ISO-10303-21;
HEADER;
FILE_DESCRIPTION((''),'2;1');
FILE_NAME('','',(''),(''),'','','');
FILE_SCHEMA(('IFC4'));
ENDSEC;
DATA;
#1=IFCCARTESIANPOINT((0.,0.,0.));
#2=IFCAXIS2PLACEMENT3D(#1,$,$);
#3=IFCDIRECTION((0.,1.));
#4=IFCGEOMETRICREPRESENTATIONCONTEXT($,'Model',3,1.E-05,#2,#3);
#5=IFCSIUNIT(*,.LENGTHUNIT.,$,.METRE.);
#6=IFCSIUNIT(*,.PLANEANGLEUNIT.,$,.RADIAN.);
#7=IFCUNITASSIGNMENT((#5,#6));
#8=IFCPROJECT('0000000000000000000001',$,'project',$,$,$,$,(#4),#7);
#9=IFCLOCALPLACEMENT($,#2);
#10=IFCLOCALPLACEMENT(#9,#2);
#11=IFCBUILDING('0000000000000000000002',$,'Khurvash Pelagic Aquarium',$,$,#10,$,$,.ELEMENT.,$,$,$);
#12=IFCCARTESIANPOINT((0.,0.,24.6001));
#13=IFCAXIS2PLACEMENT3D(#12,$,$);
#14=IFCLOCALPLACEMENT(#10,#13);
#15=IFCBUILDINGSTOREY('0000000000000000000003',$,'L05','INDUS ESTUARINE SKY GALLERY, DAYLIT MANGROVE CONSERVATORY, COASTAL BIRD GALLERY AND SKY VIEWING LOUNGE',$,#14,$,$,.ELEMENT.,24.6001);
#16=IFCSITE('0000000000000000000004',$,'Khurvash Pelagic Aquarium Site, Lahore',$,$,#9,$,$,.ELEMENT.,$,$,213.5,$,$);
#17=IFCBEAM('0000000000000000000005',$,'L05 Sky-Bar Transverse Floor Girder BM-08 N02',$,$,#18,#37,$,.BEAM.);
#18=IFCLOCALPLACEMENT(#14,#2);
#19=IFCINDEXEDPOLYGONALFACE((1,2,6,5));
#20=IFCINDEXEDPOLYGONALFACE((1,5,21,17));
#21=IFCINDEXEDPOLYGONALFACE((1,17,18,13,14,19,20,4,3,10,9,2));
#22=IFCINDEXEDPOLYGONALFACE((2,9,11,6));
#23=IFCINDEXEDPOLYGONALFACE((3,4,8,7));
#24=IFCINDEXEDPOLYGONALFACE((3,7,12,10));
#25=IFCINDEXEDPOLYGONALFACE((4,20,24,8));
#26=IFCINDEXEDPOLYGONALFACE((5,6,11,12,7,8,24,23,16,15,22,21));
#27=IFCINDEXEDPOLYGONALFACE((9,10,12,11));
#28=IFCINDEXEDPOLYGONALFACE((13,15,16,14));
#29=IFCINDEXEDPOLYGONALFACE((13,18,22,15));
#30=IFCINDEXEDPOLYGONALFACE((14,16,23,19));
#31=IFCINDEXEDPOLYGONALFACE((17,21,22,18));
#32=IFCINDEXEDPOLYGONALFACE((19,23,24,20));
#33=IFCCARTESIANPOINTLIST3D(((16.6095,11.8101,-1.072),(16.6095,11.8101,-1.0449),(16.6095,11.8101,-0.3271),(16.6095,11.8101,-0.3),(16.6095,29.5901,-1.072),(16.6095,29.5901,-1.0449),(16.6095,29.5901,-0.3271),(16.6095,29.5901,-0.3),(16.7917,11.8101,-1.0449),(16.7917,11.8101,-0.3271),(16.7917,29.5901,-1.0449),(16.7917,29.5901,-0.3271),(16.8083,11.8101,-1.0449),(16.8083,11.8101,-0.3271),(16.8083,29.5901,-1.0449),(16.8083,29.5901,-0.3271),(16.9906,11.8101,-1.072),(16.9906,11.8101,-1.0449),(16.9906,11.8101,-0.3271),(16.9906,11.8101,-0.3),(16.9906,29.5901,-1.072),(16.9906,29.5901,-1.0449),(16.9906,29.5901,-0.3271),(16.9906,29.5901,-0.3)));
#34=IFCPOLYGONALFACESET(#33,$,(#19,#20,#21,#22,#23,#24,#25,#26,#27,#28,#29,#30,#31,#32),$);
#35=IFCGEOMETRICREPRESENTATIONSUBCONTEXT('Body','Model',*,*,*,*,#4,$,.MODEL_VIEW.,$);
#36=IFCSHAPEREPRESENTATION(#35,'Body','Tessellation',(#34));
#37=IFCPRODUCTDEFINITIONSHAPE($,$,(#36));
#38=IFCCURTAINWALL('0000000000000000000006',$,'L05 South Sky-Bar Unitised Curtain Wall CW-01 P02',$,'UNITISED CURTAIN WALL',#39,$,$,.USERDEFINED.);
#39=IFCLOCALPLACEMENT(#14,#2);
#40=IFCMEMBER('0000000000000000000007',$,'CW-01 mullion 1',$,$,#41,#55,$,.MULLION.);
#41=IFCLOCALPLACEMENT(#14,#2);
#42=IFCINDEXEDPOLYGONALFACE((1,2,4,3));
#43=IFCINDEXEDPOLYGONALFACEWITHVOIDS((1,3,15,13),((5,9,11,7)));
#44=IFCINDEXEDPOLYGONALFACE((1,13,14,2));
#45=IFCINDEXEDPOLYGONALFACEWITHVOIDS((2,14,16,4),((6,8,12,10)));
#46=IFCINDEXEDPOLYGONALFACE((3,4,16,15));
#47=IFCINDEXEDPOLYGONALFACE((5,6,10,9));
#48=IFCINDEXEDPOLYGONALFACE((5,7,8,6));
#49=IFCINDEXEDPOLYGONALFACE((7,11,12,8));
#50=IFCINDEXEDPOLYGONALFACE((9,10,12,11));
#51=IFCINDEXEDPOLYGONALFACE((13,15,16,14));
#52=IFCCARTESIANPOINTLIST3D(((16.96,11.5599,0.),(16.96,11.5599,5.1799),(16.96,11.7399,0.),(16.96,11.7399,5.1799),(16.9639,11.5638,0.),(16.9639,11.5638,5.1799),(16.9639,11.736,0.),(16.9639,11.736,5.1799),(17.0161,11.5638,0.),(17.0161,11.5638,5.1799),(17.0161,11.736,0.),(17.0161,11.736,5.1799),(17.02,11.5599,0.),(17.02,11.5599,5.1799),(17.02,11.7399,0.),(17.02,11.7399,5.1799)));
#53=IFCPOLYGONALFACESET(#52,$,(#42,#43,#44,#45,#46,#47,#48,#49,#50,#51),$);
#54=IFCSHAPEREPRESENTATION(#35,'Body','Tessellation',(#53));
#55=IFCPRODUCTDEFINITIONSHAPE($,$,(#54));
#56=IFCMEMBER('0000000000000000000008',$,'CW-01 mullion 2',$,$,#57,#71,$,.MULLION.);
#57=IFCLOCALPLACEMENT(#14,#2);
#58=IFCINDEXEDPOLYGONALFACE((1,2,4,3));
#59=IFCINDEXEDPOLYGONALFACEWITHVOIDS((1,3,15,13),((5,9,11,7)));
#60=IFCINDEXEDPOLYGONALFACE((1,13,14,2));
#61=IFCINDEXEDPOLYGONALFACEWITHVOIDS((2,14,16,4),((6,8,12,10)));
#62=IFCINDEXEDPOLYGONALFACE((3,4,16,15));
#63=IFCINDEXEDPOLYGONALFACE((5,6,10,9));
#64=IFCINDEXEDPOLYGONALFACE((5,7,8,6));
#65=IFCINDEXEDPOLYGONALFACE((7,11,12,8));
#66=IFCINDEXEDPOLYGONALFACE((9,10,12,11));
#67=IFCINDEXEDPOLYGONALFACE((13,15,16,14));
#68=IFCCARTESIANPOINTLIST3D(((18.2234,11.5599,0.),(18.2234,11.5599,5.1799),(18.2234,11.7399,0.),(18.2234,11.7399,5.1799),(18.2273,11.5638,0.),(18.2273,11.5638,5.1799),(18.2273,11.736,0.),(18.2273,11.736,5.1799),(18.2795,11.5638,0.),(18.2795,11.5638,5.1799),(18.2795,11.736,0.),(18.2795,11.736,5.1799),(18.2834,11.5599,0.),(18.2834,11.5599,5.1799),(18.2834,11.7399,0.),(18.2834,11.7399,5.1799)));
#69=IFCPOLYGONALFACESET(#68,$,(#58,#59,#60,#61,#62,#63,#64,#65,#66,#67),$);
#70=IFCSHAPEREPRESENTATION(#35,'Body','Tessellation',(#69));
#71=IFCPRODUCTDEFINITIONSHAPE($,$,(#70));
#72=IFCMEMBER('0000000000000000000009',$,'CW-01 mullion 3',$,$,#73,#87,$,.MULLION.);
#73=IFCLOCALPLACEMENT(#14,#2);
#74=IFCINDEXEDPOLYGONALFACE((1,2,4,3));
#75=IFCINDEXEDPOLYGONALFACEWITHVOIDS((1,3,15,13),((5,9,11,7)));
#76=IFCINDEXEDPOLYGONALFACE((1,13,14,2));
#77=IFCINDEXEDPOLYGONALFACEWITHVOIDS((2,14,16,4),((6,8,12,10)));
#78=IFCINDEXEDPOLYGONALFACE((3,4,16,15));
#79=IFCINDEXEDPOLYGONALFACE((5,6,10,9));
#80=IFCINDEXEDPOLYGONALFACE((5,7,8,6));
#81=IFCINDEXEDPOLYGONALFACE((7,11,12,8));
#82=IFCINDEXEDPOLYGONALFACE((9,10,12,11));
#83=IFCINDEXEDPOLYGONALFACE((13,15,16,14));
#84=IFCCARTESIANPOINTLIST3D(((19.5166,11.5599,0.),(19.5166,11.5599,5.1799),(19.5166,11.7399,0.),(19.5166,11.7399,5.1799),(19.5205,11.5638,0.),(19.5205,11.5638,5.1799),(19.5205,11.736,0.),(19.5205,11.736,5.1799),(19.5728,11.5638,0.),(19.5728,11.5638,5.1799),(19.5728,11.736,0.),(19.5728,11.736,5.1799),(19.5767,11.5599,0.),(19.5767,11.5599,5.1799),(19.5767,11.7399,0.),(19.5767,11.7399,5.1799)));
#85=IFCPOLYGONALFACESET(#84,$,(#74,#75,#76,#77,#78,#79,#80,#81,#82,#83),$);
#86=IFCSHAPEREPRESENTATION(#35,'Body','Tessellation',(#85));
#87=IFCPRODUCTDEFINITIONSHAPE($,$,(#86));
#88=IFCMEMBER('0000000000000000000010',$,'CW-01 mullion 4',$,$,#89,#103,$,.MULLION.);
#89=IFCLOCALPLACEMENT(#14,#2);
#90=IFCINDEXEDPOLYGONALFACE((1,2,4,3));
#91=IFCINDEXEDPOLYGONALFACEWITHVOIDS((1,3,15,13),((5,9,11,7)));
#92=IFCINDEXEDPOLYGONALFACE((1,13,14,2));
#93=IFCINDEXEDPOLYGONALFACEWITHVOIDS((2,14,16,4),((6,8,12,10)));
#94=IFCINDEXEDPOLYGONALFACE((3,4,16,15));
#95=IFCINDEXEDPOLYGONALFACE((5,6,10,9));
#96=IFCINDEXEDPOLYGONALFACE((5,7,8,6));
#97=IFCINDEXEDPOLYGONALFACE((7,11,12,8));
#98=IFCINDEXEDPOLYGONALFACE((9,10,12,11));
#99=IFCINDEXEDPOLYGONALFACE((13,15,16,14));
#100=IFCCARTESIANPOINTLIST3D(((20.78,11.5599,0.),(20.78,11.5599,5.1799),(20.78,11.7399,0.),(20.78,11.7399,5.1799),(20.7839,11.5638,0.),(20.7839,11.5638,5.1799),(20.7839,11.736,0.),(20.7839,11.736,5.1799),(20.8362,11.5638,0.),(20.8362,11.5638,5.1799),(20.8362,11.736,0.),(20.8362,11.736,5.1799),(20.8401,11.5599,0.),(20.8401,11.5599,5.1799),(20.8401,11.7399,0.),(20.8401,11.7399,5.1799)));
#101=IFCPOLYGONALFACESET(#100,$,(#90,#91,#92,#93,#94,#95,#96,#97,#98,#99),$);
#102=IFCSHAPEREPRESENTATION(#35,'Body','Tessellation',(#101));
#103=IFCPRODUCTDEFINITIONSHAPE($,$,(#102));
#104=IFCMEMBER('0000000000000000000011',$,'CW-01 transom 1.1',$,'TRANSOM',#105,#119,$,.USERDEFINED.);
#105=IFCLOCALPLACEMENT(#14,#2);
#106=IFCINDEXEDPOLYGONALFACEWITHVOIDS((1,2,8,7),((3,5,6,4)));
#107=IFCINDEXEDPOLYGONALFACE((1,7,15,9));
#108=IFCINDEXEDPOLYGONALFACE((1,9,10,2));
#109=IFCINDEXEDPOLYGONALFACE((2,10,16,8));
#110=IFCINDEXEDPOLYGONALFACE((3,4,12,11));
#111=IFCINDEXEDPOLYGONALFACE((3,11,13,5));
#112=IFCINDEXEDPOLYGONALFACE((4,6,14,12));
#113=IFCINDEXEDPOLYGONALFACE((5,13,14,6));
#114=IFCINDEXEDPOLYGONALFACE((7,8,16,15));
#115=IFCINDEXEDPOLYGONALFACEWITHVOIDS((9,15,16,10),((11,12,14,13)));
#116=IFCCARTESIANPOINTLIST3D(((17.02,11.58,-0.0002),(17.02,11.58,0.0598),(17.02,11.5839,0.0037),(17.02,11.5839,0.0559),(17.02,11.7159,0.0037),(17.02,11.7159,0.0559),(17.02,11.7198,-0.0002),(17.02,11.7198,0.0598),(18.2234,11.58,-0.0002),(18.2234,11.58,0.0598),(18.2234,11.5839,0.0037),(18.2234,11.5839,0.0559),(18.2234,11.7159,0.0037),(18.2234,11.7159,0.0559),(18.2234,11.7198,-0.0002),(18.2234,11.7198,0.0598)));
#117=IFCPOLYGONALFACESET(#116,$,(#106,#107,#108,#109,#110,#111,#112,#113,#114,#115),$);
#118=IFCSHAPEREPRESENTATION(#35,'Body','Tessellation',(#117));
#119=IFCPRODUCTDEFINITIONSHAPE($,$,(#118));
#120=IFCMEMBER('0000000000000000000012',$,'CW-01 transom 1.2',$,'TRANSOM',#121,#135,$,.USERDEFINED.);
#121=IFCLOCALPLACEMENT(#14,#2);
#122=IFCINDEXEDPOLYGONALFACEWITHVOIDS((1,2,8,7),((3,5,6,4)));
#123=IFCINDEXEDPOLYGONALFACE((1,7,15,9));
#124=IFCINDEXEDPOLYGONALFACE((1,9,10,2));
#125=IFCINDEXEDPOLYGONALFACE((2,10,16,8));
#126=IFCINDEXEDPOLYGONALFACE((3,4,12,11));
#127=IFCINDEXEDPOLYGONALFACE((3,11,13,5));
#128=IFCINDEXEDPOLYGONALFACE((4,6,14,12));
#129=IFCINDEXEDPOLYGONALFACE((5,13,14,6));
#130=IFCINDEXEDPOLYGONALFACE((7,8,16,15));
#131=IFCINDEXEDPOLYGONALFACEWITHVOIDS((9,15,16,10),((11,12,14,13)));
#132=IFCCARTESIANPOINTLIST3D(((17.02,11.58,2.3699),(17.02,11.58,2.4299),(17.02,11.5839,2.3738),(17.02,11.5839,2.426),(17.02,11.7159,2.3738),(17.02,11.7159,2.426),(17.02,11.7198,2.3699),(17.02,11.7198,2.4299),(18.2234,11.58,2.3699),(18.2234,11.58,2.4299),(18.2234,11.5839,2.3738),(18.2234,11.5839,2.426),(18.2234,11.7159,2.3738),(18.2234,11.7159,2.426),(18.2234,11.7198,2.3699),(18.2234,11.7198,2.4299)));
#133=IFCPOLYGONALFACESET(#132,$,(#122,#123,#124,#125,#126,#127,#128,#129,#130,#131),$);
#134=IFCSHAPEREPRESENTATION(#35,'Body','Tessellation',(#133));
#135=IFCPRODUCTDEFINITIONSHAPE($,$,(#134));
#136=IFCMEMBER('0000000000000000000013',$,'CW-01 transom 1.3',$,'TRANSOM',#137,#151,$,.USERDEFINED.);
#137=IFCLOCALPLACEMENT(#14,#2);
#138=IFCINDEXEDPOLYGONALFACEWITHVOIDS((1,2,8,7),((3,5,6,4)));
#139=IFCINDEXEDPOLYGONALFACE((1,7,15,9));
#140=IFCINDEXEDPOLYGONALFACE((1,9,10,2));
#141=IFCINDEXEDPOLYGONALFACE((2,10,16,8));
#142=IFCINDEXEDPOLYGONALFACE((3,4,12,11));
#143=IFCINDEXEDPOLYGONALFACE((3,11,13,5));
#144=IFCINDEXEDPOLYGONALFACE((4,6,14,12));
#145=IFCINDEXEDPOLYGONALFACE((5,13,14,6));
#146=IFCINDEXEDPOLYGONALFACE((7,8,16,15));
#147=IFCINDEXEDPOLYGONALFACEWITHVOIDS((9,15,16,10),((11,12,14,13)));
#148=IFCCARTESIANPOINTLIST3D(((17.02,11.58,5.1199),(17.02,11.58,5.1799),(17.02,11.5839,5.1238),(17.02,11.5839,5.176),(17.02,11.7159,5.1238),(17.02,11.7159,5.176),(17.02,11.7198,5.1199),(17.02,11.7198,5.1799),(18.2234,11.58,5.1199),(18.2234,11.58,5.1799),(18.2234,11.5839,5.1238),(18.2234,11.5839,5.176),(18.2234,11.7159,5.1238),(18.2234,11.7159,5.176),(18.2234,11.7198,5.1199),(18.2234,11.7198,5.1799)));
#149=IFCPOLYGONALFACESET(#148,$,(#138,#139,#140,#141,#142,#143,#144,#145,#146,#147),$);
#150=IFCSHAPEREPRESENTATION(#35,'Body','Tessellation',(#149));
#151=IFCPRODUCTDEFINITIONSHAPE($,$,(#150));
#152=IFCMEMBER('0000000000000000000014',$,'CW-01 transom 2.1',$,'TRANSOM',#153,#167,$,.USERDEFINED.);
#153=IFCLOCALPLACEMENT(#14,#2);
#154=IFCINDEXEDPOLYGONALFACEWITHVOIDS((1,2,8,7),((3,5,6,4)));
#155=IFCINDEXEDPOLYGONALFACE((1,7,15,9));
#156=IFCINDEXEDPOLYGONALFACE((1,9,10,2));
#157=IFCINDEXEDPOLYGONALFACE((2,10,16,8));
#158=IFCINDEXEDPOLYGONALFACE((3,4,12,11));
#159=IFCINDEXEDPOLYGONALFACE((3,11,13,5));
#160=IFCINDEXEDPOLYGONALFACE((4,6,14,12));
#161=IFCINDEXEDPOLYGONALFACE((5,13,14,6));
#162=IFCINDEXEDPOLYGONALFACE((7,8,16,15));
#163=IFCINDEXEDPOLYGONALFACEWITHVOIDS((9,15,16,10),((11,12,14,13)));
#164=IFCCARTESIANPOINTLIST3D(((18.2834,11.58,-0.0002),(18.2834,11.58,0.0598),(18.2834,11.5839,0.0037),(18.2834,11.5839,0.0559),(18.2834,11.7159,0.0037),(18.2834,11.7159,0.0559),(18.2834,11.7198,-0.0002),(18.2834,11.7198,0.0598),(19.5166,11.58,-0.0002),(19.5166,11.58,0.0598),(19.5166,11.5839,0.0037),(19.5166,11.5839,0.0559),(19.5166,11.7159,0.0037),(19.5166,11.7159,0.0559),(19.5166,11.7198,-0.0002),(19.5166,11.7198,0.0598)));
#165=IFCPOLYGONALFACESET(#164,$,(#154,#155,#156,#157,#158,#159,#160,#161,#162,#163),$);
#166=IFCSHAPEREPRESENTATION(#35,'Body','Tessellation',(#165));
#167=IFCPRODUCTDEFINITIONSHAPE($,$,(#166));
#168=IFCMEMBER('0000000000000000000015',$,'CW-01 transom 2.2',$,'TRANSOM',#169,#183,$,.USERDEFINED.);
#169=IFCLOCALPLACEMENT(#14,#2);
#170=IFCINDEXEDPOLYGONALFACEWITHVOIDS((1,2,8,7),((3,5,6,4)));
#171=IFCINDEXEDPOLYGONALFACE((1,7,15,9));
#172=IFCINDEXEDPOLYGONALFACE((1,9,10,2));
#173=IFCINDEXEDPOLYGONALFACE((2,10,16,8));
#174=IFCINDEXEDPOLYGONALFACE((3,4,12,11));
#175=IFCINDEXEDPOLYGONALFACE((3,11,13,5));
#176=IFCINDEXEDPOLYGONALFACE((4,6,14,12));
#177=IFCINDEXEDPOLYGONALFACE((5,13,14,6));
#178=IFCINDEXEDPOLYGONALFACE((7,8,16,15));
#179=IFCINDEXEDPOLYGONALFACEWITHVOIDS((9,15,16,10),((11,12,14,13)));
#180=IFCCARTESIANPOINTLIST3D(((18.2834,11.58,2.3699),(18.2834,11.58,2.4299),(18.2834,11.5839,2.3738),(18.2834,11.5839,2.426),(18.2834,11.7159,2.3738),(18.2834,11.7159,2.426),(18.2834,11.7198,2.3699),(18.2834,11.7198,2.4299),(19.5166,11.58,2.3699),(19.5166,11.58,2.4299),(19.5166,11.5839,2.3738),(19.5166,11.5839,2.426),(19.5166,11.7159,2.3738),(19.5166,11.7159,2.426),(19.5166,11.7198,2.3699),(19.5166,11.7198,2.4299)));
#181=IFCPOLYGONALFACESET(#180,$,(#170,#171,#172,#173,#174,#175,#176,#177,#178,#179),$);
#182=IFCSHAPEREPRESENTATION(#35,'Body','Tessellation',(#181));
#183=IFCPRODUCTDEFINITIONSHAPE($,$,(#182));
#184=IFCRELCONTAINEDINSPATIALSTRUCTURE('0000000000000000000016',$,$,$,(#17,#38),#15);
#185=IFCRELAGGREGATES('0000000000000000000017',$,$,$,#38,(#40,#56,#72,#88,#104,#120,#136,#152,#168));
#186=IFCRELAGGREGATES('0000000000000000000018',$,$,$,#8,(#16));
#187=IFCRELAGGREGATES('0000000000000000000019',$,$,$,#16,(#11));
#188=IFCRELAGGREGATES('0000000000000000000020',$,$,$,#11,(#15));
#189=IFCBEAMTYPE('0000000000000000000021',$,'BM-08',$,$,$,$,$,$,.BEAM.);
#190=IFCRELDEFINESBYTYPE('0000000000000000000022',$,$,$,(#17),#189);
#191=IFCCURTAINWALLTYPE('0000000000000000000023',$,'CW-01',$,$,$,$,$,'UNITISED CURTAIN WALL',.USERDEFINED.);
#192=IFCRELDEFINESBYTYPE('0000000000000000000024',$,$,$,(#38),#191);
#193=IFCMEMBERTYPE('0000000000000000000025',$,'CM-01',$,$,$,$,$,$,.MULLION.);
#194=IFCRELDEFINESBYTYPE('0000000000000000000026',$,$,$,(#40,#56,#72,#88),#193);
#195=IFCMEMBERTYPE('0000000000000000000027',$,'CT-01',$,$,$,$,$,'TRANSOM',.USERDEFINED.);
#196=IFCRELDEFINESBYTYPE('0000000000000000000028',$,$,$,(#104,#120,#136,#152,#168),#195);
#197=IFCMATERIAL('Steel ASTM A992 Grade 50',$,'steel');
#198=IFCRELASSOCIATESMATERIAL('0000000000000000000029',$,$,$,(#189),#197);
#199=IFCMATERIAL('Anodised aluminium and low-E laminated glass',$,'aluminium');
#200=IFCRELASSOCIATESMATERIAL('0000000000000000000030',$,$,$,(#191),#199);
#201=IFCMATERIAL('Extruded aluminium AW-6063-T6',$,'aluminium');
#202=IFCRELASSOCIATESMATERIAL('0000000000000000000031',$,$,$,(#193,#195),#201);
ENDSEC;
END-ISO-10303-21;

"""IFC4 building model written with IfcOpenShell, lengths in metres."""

from ifc_helpers import new_model, si_unit, direction, frame, origin, origin_2d, place, context, subcontext, project, spatial, hollow_rectangle, i_section, extrude, material, material_profile, profile_set, type_object, element, aggregate, save


model = new_model("IFC4")

# Units and contexts
model_context = context("Model", 3, precision=1e-05, world=origin(), true_north=direction((0.0, 1.0)))
body_context = subcontext(model_context, "Body", "Model", "MODEL_VIEW")
ifc_project = project(units=[si_unit("LENGTHUNIT", "METRE"), si_unit("PLANEANGLEUNIT", "RADIAN")], contexts=[model_context])

# Site, building, storey
site_placement = place(None, origin())
site = spatial("IfcSite", under=ifc_project, at=site_placement, Name="Khurvash Pelagic Aquarium Site, Lahore", CompositionType="ELEMENT", RefElevation=213.5)
building_placement = place(site_placement, origin())
building = spatial("IfcBuilding", under=site, at=building_placement, Name="Khurvash Pelagic Aquarium", CompositionType="ELEMENT")
storey_placement = place(building_placement, frame((0.0, 0.0, 24.6001)))
storey = spatial("IfcBuildingStorey", under=building, at=storey_placement, Name="L05", Description="INDUS ESTUARINE SKY GALLERY, DAYLIT MANGROVE CONSERVATORY, COASTAL BIRD GALLERY AND SKY VIEWING LOUNGE", CompositionType="ELEMENT", Elevation=24.6001)

# Beam
ifc_material_1 = material(Name="Steel ASTM A992 Grade 50", Category="steel")
ifc_material_profile_1 = material_profile(ifc_material_1, i_section(OverallWidth=0.3811, OverallDepth=0.772, WebThickness=0.0166, FlangeThickness=0.0271, at=origin_2d()), Name="W30X173")
ifc_profile_set_1 = profile_set([ifc_material_profile_1], Name="Steel ASTM A992 Grade 50")
beam_type_1 = type_object("IfcBeamType", Name="BM-08", PredefinedType="BEAM", material=ifc_profile_set_1)
beam_placement = place(storey_placement, frame((16.8, 11.8101, -0.686), z_axis=(0.0, 1.0, 0.0), x_axis=(-1.0, 0.0, 0.0)))
element("IfcBeam", 1, at=beam_placement, inside=storey, type_object=beam_type_1, Name="L05 Sky-Bar Transverse Floor Girder BM-08 N02", PredefinedType="BEAM", context=body_context, shape_type="SweptSolid", body=[
    extrude(i_section(OverallWidth=0.3811, OverallDepth=0.772, WebThickness=0.0166, FlangeThickness=0.0271, at=origin_2d()), origin(), (0.0, 0.0, 1.0), 17.78),
])

# Curtain wall, members
ifc_material_2 = material(Name="Anodised aluminium and low-E laminated glass", Category="aluminium")
curtain_wall_type_1 = type_object("IfcCurtainWallType", Name="CW-01", ElementType="UNITISED CURTAIN WALL", PredefinedType="USERDEFINED", material=ifc_material_2)
curtain_wall_1_placement = place(storey_placement, origin())
curtain_wall_1 = element("IfcCurtainWall", 2, at=curtain_wall_1_placement, inside=storey, type_object=curtain_wall_type_1, Name="L05 South Sky-Bar Unitised Curtain Wall CW-01 P02", ObjectType="UNITISED CURTAIN WALL", PredefinedType="USERDEFINED")
ifc_material_3 = material(Name="Extruded aluminium AW-6063-T6", Category="aluminium")
ifc_material_profile_2 = material_profile(ifc_material_3, hollow_rectangle(XDim=0.0601, YDim=0.1799, WallThickness=0.0039, at=origin_2d()), Name="CWM60X180X4")
ifc_profile_set_2 = profile_set([ifc_material_profile_2], Name="Extruded aluminium AW-6063-T6")
member_type_1 = type_object("IfcMemberType", Name="CM-01", PredefinedType="MULLION", material=ifc_profile_set_2)
member_1_placement = place(storey_placement, frame((16.99, 11.6499, 0.0), z_axis=(0.0, 0.0, 1.0), x_axis=(1.0, 0.0, 0.0)))
member_1 = element("IfcMember", 3, at=member_1_placement, type_object=member_type_1, Name="CW-01 mullion 1", PredefinedType="MULLION", context=body_context, shape_type="SweptSolid", body=[
    extrude(hollow_rectangle(XDim=0.0601, YDim=0.1799, WallThickness=0.0039, at=origin_2d()), origin(), (0.0, 0.0, 1.0), 5.1799),
])
member_2_placement = place(storey_placement, frame((18.2534, 11.6499, 0.0), z_axis=(0.0, 0.0, 1.0), x_axis=(1.0, 0.0, 0.0)))
member_2 = element("IfcMember", 4, at=member_2_placement, type_object=member_type_1, Name="CW-01 mullion 2", PredefinedType="MULLION", context=body_context, shape_type="SweptSolid", body=[
    extrude(hollow_rectangle(XDim=0.0601, YDim=0.1799, WallThickness=0.0039, at=origin_2d()), origin(), (0.0, 0.0, 1.0), 5.1799),
])
member_3_placement = place(storey_placement, frame((19.5466, 11.6499, 0.0), z_axis=(0.0, 0.0, 1.0), x_axis=(1.0, 0.0, 0.0)))
member_3 = element("IfcMember", 5, at=member_3_placement, type_object=member_type_1, Name="CW-01 mullion 3", PredefinedType="MULLION", context=body_context, shape_type="SweptSolid", body=[
    extrude(hollow_rectangle(XDim=0.0601, YDim=0.1799, WallThickness=0.0039, at=origin_2d()), origin(), (0.0, 0.0, 1.0), 5.1799),
])
member_4_placement = place(storey_placement, frame((20.8101, 11.6499, 0.0), z_axis=(0.0, 0.0, 1.0), x_axis=(1.0, 0.0, 0.0)))
member_4 = element("IfcMember", 6, at=member_4_placement, type_object=member_type_1, Name="CW-01 mullion 4", PredefinedType="MULLION", context=body_context, shape_type="SweptSolid", body=[
    extrude(hollow_rectangle(XDim=0.0601, YDim=0.1799, WallThickness=0.0039, at=origin_2d()), origin(), (0.0, 0.0, 1.0), 5.1799),
])
ifc_material_profile_3 = material_profile(ifc_material_3, hollow_rectangle(XDim=0.1399, YDim=0.0601, WallThickness=0.0039, at=origin_2d()), Name="CWT140X60X4")
ifc_profile_set_3 = profile_set([ifc_material_profile_3], Name="Extruded aluminium AW-6063-T6")
member_type_2 = type_object("IfcMemberType", Name="CT-01", ElementType="TRANSOM", PredefinedType="USERDEFINED", material=ifc_profile_set_3)
member_5_placement = place(storey_placement, frame((17.02, 11.6499, 0.0298), z_axis=(1.0, 0.0, 0.0), x_axis=(0.0, 1.0, 0.0)))
member_5 = element("IfcMember", 7, at=member_5_placement, type_object=member_type_2, Name="CW-01 transom 1.1", ObjectType="TRANSOM", PredefinedType="USERDEFINED", context=body_context, shape_type="SweptSolid", body=[
    extrude(hollow_rectangle(XDim=0.1399, YDim=0.0601, WallThickness=0.0039, at=origin_2d()), origin(), (0.0, 0.0, 1.0), 1.2034),
])
member_6_placement = place(storey_placement, frame((17.02, 11.6499, 2.3999), z_axis=(1.0, 0.0, 0.0), x_axis=(0.0, 1.0, 0.0)))
member_6 = element("IfcMember", 8, at=member_6_placement, type_object=member_type_2, Name="CW-01 transom 1.2", ObjectType="TRANSOM", PredefinedType="USERDEFINED", context=body_context, shape_type="SweptSolid", body=[
    extrude(hollow_rectangle(XDim=0.1399, YDim=0.0601, WallThickness=0.0039, at=origin_2d()), origin(), (0.0, 0.0, 1.0), 1.2034),
])
member_7_placement = place(storey_placement, frame((17.02, 11.6499, 5.1499), z_axis=(1.0, 0.0, 0.0), x_axis=(0.0, 1.0, 0.0)))
member_7 = element("IfcMember", 9, at=member_7_placement, type_object=member_type_2, Name="CW-01 transom 1.3", ObjectType="TRANSOM", PredefinedType="USERDEFINED", context=body_context, shape_type="SweptSolid", body=[
    extrude(hollow_rectangle(XDim=0.1399, YDim=0.0601, WallThickness=0.0039, at=origin_2d()), origin(), (0.0, 0.0, 1.0), 1.2034),
])
member_8_placement = place(storey_placement, frame((18.2834, 11.6499, 0.0298), z_axis=(1.0, 0.0, 0.0), x_axis=(0.0, 1.0, 0.0)))
member_8 = element("IfcMember", 10, at=member_8_placement, type_object=member_type_2, Name="CW-01 transom 2.1", ObjectType="TRANSOM", PredefinedType="USERDEFINED", context=body_context, shape_type="SweptSolid", body=[
    extrude(hollow_rectangle(XDim=0.1399, YDim=0.0601, WallThickness=0.0039, at=origin_2d()), origin(), (0.0, 0.0, 1.0), 1.2332),
])
member_9_placement = place(storey_placement, frame((18.2834, 11.6499, 2.3999), z_axis=(1.0, 0.0, 0.0), x_axis=(0.0, 1.0, 0.0)))
member_9 = element("IfcMember", 11, at=member_9_placement, type_object=member_type_2, Name="CW-01 transom 2.2", ObjectType="TRANSOM", PredefinedType="USERDEFINED", context=body_context, shape_type="SweptSolid", body=[
    extrude(hollow_rectangle(XDim=0.1399, YDim=0.0601, WallThickness=0.0039, at=origin_2d()), origin(), (0.0, 0.0, 1.0), 1.2332),
])

aggregate(curtain_wall_1, [member_1, member_2, member_3, member_4, member_5, member_6, member_7, member_8, member_9])

save(model, "model.ifc")
